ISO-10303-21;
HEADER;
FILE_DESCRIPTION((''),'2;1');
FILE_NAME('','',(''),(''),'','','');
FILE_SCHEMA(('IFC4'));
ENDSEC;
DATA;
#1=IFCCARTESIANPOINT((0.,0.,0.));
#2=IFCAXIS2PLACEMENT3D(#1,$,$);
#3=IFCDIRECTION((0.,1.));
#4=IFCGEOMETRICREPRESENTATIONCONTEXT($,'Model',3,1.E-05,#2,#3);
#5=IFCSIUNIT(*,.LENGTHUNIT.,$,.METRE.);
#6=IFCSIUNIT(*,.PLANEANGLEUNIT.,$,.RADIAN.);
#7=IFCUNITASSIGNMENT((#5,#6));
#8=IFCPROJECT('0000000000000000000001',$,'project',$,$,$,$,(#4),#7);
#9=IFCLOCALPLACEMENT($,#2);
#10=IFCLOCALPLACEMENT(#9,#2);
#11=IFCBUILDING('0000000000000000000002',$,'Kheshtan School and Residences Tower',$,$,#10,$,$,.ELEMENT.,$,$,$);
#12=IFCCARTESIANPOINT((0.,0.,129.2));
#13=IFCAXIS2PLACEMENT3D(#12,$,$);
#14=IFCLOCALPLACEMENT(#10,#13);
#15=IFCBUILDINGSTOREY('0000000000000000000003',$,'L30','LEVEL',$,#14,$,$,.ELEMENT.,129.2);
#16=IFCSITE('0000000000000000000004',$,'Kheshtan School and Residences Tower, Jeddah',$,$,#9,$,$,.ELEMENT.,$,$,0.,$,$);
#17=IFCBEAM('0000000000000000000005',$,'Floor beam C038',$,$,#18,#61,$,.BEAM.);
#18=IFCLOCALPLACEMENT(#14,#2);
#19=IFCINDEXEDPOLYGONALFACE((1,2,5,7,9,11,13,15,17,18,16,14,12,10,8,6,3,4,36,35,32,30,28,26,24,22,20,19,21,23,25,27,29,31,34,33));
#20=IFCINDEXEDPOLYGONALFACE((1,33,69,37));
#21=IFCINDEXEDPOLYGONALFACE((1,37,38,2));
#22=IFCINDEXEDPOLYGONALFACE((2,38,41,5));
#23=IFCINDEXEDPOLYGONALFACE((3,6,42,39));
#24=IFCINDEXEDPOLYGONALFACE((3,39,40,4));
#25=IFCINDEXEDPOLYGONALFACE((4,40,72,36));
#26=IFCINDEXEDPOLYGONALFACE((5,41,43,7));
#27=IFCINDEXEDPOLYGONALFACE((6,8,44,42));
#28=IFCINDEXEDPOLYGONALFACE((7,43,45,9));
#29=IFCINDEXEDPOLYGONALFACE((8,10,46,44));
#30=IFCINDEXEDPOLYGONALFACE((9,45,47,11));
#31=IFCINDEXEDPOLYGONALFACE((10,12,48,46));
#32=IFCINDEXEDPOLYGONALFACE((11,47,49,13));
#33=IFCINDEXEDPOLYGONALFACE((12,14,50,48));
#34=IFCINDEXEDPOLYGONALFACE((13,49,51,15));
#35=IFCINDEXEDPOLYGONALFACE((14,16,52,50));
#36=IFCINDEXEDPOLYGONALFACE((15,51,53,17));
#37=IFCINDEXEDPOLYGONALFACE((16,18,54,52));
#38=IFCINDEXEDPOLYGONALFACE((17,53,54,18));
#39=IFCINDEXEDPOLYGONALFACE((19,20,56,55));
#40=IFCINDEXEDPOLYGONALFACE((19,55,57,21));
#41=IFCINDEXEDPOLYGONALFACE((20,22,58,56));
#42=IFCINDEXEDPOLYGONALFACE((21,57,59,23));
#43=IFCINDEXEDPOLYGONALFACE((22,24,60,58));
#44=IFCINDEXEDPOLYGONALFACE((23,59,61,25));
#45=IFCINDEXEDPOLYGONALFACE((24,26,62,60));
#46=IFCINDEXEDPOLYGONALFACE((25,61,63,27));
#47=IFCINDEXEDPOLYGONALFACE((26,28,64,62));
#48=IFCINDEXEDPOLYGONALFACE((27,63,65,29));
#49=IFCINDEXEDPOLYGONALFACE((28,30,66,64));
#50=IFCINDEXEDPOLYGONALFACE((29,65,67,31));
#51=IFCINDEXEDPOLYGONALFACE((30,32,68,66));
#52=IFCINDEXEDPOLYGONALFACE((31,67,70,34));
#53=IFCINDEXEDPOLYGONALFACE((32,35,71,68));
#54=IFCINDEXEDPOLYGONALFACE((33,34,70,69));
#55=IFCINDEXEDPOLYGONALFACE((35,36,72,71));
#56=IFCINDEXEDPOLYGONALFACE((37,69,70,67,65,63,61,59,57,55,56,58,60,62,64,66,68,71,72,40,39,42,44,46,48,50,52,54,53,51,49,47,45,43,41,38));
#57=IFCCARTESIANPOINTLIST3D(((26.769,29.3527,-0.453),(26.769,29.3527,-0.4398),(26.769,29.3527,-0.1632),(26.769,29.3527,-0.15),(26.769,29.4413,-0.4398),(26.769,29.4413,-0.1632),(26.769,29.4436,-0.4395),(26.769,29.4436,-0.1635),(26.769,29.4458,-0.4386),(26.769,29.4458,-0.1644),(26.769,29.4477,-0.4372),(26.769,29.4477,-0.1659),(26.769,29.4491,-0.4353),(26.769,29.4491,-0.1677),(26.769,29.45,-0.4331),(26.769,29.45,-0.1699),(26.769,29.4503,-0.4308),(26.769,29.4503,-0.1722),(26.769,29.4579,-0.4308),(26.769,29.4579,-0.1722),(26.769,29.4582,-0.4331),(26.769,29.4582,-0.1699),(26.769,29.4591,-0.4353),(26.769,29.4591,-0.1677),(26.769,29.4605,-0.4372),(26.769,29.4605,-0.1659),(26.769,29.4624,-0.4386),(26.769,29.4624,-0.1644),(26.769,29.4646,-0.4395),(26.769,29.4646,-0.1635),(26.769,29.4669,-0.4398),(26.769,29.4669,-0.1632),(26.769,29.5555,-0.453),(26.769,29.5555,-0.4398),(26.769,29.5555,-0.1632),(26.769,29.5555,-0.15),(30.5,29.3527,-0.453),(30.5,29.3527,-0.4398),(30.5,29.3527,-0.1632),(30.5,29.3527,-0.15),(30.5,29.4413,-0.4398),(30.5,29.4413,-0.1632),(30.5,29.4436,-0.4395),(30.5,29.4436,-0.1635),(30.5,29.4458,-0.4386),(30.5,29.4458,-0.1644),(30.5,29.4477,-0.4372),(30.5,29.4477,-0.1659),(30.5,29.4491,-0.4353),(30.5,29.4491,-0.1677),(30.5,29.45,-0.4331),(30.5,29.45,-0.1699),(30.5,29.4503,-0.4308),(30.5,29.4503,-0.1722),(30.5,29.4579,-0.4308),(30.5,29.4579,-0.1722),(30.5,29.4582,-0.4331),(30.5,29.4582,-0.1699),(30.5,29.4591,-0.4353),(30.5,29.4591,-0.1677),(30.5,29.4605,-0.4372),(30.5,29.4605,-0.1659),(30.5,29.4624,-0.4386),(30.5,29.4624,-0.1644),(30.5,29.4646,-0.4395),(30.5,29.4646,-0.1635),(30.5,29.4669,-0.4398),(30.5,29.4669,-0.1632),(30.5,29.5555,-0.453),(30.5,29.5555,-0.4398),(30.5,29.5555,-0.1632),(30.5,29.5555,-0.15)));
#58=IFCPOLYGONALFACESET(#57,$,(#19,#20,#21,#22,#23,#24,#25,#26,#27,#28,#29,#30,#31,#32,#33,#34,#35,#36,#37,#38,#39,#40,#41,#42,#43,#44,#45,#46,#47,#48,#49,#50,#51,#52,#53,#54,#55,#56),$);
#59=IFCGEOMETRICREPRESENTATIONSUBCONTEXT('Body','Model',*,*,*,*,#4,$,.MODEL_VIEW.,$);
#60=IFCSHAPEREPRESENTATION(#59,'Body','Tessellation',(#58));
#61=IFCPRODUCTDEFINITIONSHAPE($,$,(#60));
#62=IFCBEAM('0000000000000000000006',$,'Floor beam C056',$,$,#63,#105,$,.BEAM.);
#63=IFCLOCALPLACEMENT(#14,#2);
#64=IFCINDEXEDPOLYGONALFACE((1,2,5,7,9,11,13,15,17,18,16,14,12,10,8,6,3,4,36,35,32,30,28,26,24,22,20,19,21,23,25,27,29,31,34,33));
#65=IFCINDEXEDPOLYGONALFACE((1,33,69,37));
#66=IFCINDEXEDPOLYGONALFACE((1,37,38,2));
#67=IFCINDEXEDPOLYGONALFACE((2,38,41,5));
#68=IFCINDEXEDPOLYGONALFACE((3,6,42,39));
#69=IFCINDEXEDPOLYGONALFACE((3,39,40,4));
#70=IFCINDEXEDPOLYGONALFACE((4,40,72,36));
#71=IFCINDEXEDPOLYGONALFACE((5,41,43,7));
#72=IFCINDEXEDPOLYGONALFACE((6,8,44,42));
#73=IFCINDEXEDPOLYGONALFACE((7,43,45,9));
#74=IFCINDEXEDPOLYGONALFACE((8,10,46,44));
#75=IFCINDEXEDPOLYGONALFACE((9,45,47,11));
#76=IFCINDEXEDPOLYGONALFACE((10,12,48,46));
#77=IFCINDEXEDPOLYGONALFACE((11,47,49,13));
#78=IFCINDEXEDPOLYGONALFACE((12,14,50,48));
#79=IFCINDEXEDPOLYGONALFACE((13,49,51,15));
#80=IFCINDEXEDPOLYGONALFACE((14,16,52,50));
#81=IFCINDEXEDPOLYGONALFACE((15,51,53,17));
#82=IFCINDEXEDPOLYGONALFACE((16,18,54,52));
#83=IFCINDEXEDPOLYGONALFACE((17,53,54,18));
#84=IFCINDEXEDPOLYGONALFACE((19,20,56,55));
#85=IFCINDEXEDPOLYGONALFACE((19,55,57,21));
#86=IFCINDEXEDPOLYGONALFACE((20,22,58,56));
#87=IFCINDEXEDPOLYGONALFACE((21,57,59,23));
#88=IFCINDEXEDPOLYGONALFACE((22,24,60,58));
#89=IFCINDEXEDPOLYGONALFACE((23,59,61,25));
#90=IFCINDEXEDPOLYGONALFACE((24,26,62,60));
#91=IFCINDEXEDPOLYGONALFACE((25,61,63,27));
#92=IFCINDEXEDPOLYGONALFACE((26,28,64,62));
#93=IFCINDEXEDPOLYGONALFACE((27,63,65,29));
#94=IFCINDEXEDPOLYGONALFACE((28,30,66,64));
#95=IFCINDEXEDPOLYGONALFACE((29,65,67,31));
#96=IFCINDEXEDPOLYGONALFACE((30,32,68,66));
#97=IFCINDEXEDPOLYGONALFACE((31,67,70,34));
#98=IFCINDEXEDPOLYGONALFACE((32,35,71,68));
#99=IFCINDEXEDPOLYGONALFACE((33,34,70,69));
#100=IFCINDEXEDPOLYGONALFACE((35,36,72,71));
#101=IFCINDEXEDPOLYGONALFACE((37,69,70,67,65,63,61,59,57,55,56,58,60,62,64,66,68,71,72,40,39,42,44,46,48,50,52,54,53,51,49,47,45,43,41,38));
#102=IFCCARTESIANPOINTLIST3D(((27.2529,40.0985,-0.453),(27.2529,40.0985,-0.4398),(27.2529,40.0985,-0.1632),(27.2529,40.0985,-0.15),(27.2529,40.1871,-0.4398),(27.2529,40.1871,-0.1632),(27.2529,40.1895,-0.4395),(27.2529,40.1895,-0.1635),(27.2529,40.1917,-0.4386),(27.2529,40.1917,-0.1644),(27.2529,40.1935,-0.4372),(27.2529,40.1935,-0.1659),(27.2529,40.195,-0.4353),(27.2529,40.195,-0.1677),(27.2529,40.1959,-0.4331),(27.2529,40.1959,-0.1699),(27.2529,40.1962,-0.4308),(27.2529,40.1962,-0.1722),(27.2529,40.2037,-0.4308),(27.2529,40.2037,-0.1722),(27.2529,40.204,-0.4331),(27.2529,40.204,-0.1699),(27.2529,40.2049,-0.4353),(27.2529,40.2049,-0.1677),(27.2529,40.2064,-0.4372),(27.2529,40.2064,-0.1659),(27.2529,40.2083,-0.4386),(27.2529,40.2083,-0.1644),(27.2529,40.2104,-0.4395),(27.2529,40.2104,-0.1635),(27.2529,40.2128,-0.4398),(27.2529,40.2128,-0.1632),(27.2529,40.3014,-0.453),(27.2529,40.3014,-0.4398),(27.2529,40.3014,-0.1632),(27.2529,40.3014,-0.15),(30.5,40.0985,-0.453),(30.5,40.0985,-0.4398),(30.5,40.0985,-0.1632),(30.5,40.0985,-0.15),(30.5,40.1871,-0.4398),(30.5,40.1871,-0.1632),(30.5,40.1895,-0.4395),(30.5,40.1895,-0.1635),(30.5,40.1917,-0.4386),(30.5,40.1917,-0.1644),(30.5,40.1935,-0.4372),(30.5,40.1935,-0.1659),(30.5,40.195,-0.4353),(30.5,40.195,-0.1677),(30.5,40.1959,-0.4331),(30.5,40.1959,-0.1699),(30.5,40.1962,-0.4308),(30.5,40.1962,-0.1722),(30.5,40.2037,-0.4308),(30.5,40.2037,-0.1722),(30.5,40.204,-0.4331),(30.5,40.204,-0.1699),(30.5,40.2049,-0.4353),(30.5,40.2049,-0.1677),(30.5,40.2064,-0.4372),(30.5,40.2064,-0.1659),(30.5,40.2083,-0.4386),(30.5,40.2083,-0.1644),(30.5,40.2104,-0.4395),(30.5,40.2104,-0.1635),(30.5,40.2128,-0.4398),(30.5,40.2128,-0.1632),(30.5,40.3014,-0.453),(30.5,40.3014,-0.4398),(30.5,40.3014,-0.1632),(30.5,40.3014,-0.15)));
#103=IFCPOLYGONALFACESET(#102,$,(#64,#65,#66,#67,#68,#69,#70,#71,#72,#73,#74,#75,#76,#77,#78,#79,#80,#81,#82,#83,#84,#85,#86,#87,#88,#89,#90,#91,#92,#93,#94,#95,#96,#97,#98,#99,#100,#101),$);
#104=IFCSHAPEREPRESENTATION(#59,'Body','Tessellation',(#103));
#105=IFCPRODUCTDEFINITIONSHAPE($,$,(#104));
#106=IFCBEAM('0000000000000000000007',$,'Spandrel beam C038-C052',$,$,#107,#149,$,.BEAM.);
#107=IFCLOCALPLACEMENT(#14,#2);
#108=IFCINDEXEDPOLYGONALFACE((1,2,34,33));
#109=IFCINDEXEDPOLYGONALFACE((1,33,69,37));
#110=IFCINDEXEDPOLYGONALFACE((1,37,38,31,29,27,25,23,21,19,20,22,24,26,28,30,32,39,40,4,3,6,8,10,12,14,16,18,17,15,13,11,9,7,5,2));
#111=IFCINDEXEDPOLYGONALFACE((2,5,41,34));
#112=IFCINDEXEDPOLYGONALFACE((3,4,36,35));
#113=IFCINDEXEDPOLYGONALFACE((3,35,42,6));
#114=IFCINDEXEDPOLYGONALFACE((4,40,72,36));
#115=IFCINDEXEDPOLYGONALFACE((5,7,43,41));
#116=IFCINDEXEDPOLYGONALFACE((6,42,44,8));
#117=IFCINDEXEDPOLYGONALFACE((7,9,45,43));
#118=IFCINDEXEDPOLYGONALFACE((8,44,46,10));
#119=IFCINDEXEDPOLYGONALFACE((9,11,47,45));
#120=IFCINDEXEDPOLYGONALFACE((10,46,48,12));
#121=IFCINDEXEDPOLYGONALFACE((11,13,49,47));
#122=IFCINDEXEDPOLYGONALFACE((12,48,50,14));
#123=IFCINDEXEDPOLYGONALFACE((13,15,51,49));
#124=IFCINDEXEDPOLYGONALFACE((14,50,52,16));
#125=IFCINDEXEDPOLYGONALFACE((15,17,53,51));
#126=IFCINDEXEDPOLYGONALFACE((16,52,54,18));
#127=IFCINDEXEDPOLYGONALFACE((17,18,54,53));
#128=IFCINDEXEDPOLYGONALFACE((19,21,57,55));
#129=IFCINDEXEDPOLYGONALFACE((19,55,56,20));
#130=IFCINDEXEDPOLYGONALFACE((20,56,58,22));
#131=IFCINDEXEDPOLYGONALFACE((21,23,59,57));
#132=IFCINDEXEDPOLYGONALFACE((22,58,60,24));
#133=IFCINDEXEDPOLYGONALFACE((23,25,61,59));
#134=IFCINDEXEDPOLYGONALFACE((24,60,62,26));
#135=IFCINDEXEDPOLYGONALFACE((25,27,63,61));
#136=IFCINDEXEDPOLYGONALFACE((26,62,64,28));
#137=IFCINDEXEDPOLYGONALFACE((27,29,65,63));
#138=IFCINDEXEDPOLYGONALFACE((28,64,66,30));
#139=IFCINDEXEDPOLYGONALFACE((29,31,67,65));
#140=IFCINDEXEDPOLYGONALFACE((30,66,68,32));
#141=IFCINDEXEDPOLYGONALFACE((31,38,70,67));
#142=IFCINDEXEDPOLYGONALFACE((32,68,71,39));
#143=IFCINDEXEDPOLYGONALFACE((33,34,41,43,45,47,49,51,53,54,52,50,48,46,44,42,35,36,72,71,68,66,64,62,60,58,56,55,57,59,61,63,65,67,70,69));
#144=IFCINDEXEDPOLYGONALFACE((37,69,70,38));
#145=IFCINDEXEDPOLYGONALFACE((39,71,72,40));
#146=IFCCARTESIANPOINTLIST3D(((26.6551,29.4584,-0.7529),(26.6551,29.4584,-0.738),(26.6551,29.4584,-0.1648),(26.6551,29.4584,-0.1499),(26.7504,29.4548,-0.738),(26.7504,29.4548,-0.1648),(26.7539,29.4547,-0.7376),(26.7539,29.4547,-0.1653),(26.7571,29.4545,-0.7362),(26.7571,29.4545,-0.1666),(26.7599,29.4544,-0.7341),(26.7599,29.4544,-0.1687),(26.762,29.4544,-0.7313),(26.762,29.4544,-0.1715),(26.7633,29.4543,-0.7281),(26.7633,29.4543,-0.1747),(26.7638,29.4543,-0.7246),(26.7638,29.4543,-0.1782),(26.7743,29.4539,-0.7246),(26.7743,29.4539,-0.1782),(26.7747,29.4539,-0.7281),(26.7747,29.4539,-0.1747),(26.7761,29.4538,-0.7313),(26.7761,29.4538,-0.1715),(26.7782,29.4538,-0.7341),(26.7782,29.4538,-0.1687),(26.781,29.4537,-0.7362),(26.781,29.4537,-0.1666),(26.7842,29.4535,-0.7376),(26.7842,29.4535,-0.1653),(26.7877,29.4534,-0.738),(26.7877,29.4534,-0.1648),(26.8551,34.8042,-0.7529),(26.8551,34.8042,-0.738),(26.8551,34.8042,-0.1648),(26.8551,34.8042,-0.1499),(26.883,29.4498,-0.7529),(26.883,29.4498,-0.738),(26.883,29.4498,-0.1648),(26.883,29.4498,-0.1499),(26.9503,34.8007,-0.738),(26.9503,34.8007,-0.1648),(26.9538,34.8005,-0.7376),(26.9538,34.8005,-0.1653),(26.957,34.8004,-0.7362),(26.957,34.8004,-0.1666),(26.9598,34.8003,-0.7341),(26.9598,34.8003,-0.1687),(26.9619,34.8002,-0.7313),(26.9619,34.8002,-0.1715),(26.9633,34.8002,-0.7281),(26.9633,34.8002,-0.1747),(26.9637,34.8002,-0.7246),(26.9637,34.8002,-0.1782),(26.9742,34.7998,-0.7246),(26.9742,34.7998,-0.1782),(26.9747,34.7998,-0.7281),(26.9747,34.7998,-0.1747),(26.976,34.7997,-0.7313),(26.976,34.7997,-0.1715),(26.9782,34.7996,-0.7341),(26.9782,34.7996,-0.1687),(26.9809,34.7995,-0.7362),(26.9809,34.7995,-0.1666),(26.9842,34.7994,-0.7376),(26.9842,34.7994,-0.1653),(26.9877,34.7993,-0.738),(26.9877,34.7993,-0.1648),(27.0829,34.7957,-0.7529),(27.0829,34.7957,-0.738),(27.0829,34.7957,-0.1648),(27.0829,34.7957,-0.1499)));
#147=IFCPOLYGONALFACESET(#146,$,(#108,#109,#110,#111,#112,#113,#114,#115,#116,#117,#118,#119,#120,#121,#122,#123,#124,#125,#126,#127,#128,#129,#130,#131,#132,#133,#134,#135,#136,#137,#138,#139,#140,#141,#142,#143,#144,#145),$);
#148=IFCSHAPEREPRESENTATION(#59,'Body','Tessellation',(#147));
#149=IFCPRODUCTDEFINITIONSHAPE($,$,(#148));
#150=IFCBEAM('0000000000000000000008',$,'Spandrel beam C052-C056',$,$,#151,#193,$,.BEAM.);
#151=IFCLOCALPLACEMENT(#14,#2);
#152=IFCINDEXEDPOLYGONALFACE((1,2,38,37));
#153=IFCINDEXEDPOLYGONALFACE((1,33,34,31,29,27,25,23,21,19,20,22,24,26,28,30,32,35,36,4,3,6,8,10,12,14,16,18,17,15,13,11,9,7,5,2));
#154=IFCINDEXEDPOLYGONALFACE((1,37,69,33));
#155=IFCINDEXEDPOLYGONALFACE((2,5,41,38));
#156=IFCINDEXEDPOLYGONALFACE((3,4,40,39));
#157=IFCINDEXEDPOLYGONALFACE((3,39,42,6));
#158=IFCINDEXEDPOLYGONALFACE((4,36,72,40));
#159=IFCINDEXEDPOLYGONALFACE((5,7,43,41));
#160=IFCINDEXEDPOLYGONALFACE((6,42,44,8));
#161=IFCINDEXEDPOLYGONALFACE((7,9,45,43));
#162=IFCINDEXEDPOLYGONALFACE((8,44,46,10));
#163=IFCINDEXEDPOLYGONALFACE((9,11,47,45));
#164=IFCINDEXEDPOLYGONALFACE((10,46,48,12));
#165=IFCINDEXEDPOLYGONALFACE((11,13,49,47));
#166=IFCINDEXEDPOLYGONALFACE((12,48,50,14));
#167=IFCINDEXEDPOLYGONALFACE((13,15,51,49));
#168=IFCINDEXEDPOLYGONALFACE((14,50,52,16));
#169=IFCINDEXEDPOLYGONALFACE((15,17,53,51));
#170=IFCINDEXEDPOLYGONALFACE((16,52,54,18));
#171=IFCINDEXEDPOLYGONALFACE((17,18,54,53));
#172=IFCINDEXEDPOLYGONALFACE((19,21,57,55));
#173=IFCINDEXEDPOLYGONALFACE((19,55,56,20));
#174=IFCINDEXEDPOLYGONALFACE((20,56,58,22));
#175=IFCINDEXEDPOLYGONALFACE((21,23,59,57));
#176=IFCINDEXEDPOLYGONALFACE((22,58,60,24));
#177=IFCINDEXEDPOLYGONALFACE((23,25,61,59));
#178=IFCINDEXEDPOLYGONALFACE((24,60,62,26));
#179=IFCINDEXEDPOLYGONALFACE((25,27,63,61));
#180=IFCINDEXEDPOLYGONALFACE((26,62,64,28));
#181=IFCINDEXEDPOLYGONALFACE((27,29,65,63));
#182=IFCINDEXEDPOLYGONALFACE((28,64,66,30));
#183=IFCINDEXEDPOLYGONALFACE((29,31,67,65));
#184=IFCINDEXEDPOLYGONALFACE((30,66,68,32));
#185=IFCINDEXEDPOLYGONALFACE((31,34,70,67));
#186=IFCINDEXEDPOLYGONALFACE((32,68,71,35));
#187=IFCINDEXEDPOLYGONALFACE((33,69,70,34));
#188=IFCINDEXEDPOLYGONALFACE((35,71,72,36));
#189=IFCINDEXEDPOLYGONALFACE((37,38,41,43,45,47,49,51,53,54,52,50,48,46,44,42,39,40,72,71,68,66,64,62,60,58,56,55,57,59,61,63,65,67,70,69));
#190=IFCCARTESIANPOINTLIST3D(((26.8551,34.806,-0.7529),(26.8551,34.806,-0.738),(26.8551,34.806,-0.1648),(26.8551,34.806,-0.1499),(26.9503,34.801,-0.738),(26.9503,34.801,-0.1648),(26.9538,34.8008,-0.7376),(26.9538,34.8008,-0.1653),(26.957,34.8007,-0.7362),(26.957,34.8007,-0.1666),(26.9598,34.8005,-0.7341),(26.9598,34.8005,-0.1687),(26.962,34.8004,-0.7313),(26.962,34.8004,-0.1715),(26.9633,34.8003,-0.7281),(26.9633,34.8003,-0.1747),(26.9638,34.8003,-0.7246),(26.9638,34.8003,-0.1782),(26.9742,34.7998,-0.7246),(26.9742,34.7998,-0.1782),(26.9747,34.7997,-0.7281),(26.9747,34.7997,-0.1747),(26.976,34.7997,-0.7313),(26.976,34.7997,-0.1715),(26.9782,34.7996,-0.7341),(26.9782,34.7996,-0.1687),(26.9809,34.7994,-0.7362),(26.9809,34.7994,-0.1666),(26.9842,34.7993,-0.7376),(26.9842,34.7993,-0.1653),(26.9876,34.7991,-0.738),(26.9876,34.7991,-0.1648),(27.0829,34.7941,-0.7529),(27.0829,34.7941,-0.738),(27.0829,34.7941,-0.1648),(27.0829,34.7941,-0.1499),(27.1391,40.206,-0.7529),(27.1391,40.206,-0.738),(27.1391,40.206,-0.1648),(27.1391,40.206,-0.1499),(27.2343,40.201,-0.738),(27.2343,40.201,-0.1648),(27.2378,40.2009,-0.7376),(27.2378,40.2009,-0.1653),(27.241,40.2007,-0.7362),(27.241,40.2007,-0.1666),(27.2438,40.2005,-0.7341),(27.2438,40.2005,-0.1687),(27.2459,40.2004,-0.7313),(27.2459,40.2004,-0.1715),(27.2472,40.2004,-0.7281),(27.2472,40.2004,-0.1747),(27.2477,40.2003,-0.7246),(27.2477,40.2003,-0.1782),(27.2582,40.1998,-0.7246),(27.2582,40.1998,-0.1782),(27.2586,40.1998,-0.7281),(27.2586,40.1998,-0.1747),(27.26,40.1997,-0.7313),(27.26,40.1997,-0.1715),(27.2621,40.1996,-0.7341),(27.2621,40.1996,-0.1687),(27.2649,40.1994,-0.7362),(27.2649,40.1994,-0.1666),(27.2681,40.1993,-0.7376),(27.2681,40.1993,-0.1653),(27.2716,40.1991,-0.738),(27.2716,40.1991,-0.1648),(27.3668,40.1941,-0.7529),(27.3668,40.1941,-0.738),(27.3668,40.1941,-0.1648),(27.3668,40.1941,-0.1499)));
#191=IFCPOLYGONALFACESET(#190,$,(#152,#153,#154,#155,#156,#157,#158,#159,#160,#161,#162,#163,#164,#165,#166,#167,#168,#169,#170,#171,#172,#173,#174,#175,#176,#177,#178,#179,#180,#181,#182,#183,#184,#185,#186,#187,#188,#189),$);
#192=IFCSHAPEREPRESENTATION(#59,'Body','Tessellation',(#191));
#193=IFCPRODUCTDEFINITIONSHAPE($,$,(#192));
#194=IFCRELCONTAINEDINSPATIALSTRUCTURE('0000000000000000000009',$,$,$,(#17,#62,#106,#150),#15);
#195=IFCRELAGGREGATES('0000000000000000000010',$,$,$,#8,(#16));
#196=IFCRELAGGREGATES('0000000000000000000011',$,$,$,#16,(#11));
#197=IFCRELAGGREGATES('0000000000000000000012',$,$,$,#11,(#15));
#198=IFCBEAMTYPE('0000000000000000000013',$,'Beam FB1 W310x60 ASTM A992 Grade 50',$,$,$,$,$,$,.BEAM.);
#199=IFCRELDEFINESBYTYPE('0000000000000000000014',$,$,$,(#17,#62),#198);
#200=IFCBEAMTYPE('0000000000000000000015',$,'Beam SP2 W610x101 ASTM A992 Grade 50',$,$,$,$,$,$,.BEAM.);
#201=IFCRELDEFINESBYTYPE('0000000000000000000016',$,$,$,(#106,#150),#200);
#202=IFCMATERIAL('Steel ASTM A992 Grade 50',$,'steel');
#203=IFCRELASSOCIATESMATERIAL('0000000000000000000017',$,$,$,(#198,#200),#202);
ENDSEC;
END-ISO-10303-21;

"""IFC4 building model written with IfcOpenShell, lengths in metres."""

from ifc_helpers import new_model, si_unit, direction, frame, origin, origin_2d, place, context, subcontext, project, spatial, i_section, extrude, material, material_profile, profile_set, type_object, element, save


model = new_model("IFC4")

# Units and contexts
model_context = context("Model", 3, precision=1e-05, world=origin(), true_north=direction((0.0, 1.0)))
body_context = subcontext(model_context, "Body", "Model", "MODEL_VIEW")
ifc_project = project(units=[si_unit("LENGTHUNIT", "METRE"), si_unit("PLANEANGLEUNIT", "RADIAN")], contexts=[model_context])

# Site, building, storey
site_placement = place(None, origin())
site = spatial("IfcSite", under=ifc_project, at=site_placement, Name="Kheshtan School and Residences Tower, Jeddah", CompositionType="ELEMENT", RefElevation=0.0)
building_placement = place(site_placement, origin())
building = spatial("IfcBuilding", under=site, at=building_placement, Name="Kheshtan School and Residences Tower", CompositionType="ELEMENT")
storey_placement = place(building_placement, frame((0.0, 0.0, 129.2)))
storey = spatial("IfcBuildingStorey", under=building, at=storey_placement, Name="L30", Description="LEVEL", CompositionType="ELEMENT", Elevation=129.2)

# Shared definitions
ifc_material_1 = material(Name="Steel ASTM A992 Grade 50", Category="steel")

# Beams
ifc_material_profile_1 = material_profile(ifc_material_1, i_section(OverallWidth=0.2029, OverallDepth=0.303, WebThickness=0.0076, FlangeThickness=0.0132, FilletRadius=0.009, at=origin_2d()), Name="W310x60")
ifc_profile_set_1 = profile_set([ifc_material_profile_1], Name="Steel ASTM A992 Grade 50")
beam_type_1 = type_object("IfcBeamType", Name="Beam FB1 W310x60 ASTM A992 Grade 50", PredefinedType="BEAM", material=ifc_profile_set_1)
beam_1_placement = place(storey_placement, frame((26.769, 29.4541, -0.3015), z_axis=(1.0, 0.0, 0.0), x_axis=(0.0, 1.0, 0.0)))
element("IfcBeam", 1, at=beam_1_placement, inside=storey, type_object=beam_type_1, Name="Floor beam C038", PredefinedType="BEAM", context=body_context, shape_type="SweptSolid", body=[
    extrude(i_section(OverallWidth=0.2029, OverallDepth=0.303, WebThickness=0.0076, FlangeThickness=0.0132, FilletRadius=0.009, at=origin_2d()), origin(), (0.0, 0.0, 1.0), 3.731),
])
beam_2_placement = place(storey_placement, frame((27.2529, 40.2, -0.3015), z_axis=(1.0, 0.0, 0.0), x_axis=(0.0, 1.0, 0.0)))
element("IfcBeam", 2, at=beam_2_placement, inside=storey, type_object=beam_type_1, Name="Floor beam C056", PredefinedType="BEAM", context=body_context, shape_type="SweptSolid", body=[
    extrude(i_section(OverallWidth=0.2029, OverallDepth=0.303, WebThickness=0.0076, FlangeThickness=0.0132, FilletRadius=0.009, at=origin_2d()), origin(), (0.0, 0.0, 1.0), 3.2471),
])
ifc_material_profile_2 = material_profile(ifc_material_1, i_section(OverallWidth=0.228, OverallDepth=0.603, WebThickness=0.0105, FlangeThickness=0.0149, FilletRadius=0.0134, at=origin_2d()), Name="W610x101")
ifc_profile_set_2 = profile_set([ifc_material_profile_2], Name="Steel ASTM A992 Grade 50")
beam_type_2 = type_object("IfcBeamType", Name="Beam SP2 W610x101 ASTM A992 Grade 50", PredefinedType="BEAM", material=ifc_profile_set_2)
beam_3_placement = place(storey_placement, frame((26.769, 29.4541, -0.4514), z_axis=(0.037376, 0.999301, 0.0), x_axis=(-0.999301, 0.037376, 0.0)))
element("IfcBeam", 3, at=beam_3_placement, inside=storey, type_object=beam_type_2, Name="Spandrel beam C038-C052", PredefinedType="BEAM", context=body_context, shape_type="SweptSolid", body=[
    extrude(i_section(OverallWidth=0.228, OverallDepth=0.603, WebThickness=0.0105, FlangeThickness=0.0149, FilletRadius=0.0134, at=origin_2d()), origin(), (0.0, 0.0, 1.0), 5.3496),
])
beam_4_placement = place(storey_placement, frame((26.969, 34.8, -0.4514), z_axis=(0.052509, 0.99862, 0.0), x_axis=(-0.99862, 0.052509, 0.0)))
element("IfcBeam", 4, at=beam_4_placement, inside=storey, type_object=beam_type_2, Name="Spandrel beam C052-C056", PredefinedType="BEAM", context=body_context, shape_type="SweptSolid", body=[
    extrude(i_section(OverallWidth=0.228, OverallDepth=0.603, WebThickness=0.0105, FlangeThickness=0.0149, FilletRadius=0.0134, at=origin_2d()), origin(), (0.0, 0.0, 1.0), 5.4075),
])

save(model, "model.ifc")
